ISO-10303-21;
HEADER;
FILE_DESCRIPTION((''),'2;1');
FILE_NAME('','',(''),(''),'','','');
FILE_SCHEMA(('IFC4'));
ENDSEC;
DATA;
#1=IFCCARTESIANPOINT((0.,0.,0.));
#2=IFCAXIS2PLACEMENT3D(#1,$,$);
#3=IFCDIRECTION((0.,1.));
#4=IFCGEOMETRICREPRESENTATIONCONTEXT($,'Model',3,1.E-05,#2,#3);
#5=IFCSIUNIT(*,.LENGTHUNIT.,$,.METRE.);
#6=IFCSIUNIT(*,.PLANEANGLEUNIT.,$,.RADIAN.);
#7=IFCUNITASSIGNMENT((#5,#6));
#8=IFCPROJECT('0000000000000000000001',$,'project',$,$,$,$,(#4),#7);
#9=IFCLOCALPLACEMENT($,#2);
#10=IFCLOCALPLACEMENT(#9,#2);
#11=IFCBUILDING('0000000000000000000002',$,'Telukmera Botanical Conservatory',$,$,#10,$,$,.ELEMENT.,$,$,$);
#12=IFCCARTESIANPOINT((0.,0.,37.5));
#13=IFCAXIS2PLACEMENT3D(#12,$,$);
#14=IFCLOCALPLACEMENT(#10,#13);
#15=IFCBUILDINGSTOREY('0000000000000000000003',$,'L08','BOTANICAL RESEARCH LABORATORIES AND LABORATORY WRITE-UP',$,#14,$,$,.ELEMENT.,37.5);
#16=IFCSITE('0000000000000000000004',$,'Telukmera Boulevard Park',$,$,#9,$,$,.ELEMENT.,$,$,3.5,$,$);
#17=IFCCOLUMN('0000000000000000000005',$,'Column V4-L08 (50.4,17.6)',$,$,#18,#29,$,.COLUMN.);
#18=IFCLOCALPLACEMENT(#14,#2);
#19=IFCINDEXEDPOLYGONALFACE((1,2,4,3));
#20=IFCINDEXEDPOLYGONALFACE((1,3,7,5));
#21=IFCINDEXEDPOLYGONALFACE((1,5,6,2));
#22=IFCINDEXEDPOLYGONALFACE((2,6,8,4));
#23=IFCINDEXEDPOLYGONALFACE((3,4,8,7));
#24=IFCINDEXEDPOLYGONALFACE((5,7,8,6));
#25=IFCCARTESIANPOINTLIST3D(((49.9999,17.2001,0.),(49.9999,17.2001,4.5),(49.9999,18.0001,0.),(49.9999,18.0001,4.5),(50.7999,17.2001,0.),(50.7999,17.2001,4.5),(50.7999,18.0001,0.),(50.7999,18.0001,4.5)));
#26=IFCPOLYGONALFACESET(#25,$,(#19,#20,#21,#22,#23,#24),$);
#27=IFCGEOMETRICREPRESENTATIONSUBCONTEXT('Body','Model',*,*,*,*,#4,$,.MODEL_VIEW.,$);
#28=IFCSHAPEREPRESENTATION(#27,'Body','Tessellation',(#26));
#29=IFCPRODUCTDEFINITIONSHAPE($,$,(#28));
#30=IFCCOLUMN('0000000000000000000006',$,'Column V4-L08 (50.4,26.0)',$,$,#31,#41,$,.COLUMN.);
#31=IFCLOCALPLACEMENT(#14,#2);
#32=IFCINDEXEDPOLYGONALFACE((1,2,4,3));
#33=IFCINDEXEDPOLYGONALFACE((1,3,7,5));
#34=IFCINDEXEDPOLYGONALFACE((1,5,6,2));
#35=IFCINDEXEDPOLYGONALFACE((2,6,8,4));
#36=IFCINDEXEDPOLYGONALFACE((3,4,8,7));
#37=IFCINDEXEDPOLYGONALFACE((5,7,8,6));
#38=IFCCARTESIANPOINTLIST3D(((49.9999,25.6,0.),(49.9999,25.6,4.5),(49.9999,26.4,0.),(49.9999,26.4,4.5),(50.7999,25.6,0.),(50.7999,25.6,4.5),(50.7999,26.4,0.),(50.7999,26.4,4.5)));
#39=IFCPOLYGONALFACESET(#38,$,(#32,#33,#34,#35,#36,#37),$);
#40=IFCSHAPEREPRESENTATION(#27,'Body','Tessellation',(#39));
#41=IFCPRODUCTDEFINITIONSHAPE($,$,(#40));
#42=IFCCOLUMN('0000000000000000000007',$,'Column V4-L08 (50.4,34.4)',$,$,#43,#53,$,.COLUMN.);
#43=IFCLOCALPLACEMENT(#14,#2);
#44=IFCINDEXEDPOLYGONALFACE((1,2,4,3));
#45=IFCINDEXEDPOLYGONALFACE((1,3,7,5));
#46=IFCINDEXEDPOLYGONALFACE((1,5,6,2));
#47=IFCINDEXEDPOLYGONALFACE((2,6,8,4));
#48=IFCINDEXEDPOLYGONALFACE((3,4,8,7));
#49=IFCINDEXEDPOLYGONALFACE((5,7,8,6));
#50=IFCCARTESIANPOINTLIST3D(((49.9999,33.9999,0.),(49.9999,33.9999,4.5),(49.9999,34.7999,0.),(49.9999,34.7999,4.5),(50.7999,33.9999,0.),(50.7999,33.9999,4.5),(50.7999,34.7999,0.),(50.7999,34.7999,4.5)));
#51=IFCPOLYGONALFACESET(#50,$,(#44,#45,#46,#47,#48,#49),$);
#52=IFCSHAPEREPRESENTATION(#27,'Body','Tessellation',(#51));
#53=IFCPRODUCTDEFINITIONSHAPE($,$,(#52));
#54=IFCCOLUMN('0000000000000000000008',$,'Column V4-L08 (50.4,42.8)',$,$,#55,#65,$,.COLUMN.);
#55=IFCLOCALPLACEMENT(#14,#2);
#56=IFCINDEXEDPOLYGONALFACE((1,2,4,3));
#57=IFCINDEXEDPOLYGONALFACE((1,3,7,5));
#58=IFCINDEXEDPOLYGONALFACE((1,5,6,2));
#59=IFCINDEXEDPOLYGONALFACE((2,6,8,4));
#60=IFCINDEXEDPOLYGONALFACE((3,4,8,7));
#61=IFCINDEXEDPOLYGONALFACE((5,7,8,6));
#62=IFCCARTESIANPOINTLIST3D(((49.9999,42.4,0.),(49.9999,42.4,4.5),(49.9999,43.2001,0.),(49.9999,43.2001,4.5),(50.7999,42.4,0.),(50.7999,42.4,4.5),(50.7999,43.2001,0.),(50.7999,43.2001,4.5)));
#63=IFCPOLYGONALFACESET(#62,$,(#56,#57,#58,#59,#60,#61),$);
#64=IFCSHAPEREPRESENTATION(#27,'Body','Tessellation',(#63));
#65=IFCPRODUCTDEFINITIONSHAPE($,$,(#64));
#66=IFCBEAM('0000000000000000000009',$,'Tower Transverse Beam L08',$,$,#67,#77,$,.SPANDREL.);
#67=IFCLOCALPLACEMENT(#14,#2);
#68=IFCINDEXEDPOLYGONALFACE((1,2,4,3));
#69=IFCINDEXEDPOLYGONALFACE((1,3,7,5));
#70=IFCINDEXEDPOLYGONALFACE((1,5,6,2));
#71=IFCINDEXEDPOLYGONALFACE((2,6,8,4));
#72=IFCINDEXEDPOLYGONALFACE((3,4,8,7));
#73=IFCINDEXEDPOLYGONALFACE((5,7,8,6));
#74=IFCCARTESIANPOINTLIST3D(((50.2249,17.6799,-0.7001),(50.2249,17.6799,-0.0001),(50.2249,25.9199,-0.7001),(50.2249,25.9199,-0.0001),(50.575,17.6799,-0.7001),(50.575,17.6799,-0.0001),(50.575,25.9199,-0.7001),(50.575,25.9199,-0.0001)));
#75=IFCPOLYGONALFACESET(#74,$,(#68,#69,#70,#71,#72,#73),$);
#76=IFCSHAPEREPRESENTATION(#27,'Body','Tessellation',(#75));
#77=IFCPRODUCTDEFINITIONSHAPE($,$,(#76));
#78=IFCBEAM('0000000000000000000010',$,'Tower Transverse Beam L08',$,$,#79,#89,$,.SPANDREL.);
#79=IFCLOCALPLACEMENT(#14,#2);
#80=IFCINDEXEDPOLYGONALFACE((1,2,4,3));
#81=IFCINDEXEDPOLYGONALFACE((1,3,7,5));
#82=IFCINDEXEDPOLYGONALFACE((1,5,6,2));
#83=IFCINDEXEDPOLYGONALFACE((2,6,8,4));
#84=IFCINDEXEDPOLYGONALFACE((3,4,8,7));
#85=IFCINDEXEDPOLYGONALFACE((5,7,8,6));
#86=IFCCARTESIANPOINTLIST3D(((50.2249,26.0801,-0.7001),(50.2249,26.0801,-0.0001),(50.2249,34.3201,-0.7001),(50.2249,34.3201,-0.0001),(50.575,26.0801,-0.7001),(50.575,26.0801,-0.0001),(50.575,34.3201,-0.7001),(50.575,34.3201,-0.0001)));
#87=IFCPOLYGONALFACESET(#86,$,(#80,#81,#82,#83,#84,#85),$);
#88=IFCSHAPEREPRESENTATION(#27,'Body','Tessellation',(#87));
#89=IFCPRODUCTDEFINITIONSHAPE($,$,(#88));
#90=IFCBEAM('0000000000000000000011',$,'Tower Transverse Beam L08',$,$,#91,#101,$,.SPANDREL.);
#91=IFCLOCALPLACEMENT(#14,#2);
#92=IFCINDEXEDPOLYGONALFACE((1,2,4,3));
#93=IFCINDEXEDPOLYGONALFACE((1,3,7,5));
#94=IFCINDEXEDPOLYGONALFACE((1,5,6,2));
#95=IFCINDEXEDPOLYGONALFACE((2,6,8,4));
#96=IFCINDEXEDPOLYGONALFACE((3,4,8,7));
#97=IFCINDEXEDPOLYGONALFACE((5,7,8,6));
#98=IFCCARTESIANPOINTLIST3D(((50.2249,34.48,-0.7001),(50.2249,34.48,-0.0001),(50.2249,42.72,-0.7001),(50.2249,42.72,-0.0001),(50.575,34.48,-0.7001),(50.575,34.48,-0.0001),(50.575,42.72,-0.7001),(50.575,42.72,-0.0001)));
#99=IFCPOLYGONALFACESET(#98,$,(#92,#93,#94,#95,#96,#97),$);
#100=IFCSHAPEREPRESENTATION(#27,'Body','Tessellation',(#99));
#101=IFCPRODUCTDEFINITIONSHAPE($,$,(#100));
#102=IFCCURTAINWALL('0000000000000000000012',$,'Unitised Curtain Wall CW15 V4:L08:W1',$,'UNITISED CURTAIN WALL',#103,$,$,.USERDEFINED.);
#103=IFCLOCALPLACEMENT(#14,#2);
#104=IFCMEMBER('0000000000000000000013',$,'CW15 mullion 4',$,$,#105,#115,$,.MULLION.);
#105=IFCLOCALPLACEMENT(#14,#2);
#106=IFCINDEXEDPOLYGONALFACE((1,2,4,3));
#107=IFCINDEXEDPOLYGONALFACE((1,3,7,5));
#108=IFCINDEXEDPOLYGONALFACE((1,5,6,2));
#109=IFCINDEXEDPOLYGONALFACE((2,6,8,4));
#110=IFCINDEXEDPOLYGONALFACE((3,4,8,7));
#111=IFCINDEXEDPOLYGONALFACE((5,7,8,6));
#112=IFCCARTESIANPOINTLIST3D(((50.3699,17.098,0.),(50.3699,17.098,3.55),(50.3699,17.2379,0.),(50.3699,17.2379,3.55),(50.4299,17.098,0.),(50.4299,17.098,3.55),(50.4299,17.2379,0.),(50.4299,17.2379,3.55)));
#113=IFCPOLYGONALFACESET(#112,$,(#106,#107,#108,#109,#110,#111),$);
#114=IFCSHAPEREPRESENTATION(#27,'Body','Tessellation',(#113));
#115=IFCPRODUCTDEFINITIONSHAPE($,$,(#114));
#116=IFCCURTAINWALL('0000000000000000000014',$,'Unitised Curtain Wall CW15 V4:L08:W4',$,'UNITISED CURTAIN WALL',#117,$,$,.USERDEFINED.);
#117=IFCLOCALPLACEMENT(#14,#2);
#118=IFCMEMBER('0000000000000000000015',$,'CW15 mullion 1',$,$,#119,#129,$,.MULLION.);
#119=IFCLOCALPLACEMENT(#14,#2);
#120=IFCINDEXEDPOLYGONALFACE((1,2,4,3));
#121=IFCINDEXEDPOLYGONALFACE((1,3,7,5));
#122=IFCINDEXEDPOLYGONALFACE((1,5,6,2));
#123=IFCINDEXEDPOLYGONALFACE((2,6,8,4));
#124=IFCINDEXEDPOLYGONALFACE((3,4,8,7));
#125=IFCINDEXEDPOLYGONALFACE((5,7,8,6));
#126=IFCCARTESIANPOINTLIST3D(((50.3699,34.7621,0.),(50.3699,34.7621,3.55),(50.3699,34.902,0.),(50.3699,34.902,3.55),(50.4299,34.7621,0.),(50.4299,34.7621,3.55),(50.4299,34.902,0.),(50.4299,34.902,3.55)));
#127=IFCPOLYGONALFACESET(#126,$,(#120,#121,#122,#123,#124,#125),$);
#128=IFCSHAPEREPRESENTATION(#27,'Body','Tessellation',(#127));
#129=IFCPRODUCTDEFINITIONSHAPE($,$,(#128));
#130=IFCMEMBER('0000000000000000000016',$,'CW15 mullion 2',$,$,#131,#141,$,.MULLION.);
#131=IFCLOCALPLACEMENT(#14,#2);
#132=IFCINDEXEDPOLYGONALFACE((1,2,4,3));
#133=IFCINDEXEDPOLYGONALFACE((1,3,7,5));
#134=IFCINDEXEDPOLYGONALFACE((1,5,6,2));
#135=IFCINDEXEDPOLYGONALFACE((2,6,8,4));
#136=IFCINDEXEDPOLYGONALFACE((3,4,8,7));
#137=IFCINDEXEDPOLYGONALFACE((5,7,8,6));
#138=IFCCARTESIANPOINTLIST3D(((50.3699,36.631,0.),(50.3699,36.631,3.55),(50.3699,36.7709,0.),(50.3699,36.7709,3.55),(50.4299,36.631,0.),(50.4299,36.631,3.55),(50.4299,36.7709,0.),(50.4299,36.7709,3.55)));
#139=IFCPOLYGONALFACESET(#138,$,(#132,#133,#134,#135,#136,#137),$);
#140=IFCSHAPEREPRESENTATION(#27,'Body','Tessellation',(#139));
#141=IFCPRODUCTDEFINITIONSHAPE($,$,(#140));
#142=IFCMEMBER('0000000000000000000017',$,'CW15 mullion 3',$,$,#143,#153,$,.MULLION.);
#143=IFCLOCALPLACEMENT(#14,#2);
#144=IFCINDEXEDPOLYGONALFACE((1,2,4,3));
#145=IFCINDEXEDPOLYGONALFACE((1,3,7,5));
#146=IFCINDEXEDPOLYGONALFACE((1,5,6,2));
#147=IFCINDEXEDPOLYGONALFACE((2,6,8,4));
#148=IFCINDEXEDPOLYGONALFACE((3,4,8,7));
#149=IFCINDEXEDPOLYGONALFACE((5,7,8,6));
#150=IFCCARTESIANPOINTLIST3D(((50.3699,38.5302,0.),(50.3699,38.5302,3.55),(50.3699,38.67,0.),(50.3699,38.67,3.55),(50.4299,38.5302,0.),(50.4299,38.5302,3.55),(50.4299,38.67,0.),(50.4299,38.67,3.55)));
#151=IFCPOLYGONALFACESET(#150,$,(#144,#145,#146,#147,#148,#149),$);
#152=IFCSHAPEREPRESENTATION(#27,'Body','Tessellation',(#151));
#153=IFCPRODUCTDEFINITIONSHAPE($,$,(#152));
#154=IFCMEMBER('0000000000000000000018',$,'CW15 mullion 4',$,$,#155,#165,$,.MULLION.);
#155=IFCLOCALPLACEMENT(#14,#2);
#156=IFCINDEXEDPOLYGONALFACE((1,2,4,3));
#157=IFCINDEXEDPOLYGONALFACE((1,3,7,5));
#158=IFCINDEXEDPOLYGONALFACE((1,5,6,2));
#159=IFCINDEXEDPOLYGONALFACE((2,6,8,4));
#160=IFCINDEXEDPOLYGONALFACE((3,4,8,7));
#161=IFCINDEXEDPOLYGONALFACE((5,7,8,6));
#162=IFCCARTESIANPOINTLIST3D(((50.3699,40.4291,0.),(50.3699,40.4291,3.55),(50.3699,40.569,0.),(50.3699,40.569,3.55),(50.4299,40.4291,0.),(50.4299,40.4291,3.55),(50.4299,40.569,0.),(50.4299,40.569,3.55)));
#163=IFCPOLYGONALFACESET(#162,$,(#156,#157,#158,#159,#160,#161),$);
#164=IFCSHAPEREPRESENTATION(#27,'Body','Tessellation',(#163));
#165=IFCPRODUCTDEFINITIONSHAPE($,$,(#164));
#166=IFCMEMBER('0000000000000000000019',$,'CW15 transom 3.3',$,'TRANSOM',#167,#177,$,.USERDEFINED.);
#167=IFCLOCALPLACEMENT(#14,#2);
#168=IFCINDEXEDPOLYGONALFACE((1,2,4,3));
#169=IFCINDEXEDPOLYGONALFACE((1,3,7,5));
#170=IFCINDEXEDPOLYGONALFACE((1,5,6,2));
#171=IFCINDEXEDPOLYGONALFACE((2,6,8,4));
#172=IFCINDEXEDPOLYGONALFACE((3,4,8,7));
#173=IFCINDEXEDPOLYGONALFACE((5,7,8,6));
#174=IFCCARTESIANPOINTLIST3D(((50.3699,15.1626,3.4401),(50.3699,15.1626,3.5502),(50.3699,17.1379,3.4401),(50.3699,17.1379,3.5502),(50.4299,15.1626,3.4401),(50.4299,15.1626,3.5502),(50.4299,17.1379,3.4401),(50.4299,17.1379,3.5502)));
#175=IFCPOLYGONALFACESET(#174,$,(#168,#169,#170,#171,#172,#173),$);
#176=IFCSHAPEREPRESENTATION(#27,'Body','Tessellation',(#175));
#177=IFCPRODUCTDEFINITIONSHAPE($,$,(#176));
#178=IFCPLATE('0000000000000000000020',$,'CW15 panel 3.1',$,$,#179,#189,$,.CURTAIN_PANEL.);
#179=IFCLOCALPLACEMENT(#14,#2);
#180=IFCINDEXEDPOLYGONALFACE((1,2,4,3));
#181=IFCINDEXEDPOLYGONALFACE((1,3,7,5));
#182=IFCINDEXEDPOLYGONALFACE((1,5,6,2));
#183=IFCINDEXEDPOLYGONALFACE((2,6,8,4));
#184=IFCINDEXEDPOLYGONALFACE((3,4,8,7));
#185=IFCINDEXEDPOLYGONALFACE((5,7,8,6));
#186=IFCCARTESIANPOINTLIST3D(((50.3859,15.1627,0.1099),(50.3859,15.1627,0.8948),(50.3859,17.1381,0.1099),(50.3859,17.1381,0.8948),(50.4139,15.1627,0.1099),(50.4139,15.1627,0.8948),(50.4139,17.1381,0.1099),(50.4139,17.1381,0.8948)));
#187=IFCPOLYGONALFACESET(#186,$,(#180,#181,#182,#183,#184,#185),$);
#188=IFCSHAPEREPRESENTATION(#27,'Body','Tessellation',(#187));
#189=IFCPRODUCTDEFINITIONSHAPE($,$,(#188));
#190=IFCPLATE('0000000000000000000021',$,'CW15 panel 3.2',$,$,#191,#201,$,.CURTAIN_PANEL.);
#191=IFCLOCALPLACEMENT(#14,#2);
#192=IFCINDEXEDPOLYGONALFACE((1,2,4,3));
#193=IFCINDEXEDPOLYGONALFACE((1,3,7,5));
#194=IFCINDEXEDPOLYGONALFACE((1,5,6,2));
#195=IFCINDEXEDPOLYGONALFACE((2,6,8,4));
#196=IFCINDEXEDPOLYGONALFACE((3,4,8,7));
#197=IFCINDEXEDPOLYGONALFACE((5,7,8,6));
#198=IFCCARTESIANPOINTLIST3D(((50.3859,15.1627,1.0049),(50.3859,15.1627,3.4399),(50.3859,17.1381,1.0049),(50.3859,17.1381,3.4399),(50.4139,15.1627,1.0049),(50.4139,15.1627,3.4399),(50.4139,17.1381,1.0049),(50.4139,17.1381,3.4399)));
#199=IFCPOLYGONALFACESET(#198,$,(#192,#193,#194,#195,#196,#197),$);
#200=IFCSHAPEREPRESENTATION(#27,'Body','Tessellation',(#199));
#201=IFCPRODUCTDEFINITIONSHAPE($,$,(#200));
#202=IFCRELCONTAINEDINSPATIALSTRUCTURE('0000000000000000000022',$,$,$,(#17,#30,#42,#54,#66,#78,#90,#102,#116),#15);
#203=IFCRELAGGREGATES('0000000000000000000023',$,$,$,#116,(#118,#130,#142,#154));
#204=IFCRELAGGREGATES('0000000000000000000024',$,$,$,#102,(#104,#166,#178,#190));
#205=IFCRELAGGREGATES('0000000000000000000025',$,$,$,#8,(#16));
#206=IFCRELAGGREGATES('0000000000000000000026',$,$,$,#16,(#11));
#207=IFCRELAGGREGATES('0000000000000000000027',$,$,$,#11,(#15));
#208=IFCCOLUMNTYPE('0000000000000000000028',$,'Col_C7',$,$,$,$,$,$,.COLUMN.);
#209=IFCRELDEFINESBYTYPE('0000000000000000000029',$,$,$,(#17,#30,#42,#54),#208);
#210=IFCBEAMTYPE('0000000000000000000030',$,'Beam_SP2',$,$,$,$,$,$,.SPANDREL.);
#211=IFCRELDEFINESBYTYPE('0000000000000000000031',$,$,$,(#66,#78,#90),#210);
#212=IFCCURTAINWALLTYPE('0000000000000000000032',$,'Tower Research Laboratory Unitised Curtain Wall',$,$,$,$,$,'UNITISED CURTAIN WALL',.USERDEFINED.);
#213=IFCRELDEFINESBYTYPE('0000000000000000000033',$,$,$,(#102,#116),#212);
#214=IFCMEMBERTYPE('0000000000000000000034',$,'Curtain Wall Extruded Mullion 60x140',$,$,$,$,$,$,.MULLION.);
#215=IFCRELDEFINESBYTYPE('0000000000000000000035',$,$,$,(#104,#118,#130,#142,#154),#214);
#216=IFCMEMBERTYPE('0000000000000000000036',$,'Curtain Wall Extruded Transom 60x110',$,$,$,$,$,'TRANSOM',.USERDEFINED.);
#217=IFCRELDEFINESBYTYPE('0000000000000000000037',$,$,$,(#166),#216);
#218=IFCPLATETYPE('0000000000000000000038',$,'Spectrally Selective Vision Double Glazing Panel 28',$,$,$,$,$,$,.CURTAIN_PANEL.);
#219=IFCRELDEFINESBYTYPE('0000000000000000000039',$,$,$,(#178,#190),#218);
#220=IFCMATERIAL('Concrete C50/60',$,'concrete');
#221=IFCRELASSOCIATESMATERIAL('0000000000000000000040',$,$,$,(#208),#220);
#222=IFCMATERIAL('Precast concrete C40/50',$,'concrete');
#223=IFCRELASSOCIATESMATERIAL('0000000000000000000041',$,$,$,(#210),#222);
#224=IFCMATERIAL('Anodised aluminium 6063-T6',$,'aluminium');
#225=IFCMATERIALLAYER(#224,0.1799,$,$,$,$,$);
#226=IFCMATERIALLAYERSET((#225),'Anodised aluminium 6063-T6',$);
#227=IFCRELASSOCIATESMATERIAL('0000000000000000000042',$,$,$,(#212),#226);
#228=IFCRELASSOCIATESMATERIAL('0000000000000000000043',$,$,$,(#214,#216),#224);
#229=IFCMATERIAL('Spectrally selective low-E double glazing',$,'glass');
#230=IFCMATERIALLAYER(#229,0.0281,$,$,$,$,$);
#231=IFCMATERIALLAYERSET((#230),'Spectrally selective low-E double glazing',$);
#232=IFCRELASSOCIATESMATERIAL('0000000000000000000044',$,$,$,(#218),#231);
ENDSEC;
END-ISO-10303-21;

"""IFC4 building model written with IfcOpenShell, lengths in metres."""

from ifc_helpers import new_model, si_unit, direction, frame, origin, origin_2d, place, context, subcontext, project, spatial, rectangle, extrude, material, layer, layer_set, material_profile, profile_set, type_object, element, aggregate, save


model = new_model("IFC4")

# Units and contexts
model_context = context("Model", 3, precision=1e-05, world=origin(), true_north=direction((0.0, 1.0)))
body_context = subcontext(model_context, "Body", "Model", "MODEL_VIEW")
ifc_project = project(units=[si_unit("LENGTHUNIT", "METRE"), si_unit("PLANEANGLEUNIT", "RADIAN")], contexts=[model_context])

# Site, building, storey
site_placement = place(None, origin())
site = spatial("IfcSite", under=ifc_project, at=site_placement, Name="Telukmera Boulevard Park", CompositionType="ELEMENT", RefElevation=3.5)
building_placement = place(site_placement, origin())
building = spatial("IfcBuilding", under=site, at=building_placement, Name="Telukmera Botanical Conservatory", CompositionType="ELEMENT")
storey_placement = place(building_placement, frame((0.0, 0.0, 37.5)))
storey = spatial("IfcBuildingStorey", under=building, at=storey_placement, Name="L08", Description="BOTANICAL RESEARCH LABORATORIES AND LABORATORY WRITE-UP", CompositionType="ELEMENT", Elevation=37.5)

# Columns
ifc_material_1 = material(Name="Concrete C50/60", Category="concrete")
ifc_material_profile_1 = material_profile(ifc_material_1, rectangle(XDim=0.8, YDim=0.8, at=origin_2d()), Name="RC 800x800")
ifc_profile_set_1 = profile_set([ifc_material_profile_1], Name="Concrete C50/60")
column_type = type_object("IfcColumnType", Name="Col_C7", PredefinedType="COLUMN", material=ifc_profile_set_1)
for number, where, z_axis, x_axis, name in (
    (1, (50.3999, 17.6001, 0.0), (0.0, 0.0, 1.0), (1.0, 0.0, 0.0), "Column V4-L08 (50.4,17.6)"),
    (2, (50.3999, 26.0, 0.0), (0.0, 0.0, 1.0), (1.0, 0.0, 0.0), "Column V4-L08 (50.4,26.0)"),
    (3, (50.3999, 34.3999, 0.0), (0.0, 0.0, 1.0), (1.0, 0.0, 0.0), "Column V4-L08 (50.4,34.4)"),
    (4, (50.3999, 42.8, 0.0), (0.0, 0.0, 1.0), (1.0, 0.0, 0.0), "Column V4-L08 (50.4,42.8)"),
):
    element("IfcColumn", number, at=place(storey_placement, frame(where, z_axis=z_axis, x_axis=x_axis)), inside=storey, type_object=column_type, Name=name, PredefinedType="COLUMN", context=body_context, shape_type="SweptSolid", body=[
        extrude(rectangle(XDim=0.8, YDim=0.8, at=origin_2d()), origin(), (0.0, 0.0, 1.0), 4.5),
    ])

# Beams
ifc_material_2 = material(Name="Precast concrete C40/50", Category="concrete")
ifc_material_profile_2 = material_profile(ifc_material_2, rectangle(XDim=0.3501, YDim=0.7, at=origin_2d()), Name="PC 350x700")
ifc_profile_set_2 = profile_set([ifc_material_profile_2], Name="Precast concrete C40/50")
beam_type = type_object("IfcBeamType", Name="Beam_SP2", PredefinedType="SPANDREL", material=ifc_profile_set_2)
for number, where, z_axis, x_axis, name in (
    (5, (50.3999, 17.6799, -0.3501), (0.0, 1.0, 0.0), (-1.0, 0.0, 0.0), "Tower Transverse Beam L08"),
    (6, (50.3999, 26.0801, -0.3501), (0.0, 1.0, 0.0), (-1.0, 0.0, 0.0), "Tower Transverse Beam L08"),
    (7, (50.3999, 34.48, -0.3501), (0.0, 1.0, 0.0), (-1.0, 0.0, 0.0), "Tower Transverse Beam L08"),
):
    element("IfcBeam", number, at=place(storey_placement, frame(where, z_axis=z_axis, x_axis=x_axis)), inside=storey, type_object=beam_type, Name=name, PredefinedType="SPANDREL", context=body_context, shape_type="SweptSolid", body=[
        extrude(rectangle(XDim=0.3501, YDim=0.7, at=origin_2d()), origin(), (0.0, 0.0, 1.0), 8.24),
    ])

# Curtain wall, member
ifc_material_3 = material(Name="Anodised aluminium 6063-T6", Category="aluminium")
ifc_layer_1 = layer(ifc_material_3, 0.1799)
ifc_layer_set_1 = layer_set([ifc_layer_1], Name="Anodised aluminium 6063-T6")
curtain_wall_type = type_object("IfcCurtainWallType", Name="Tower Research Laboratory Unitised Curtain Wall", ElementType="UNITISED CURTAIN WALL", PredefinedType="USERDEFINED", material=ifc_layer_set_1)
curtain_wall_1_placement = place(storey_placement, origin())
curtain_wall_1 = element("IfcCurtainWall", 8, at=curtain_wall_1_placement, inside=storey, type_object=curtain_wall_type, Name="Unitised Curtain Wall CW15 V4:L08:W1", ObjectType="UNITISED CURTAIN WALL", PredefinedType="USERDEFINED")
ifc_material_profile_3 = material_profile(ifc_material_3, rectangle(XDim=0.0601, YDim=0.1399, at=origin_2d()), Name="ALU MULL 60x140")
ifc_profile_set_3 = profile_set([ifc_material_profile_3], Name="Anodised aluminium 6063-T6")
member_type_1 = type_object("IfcMemberType", Name="Curtain Wall Extruded Mullion 60x140", PredefinedType="MULLION", material=ifc_profile_set_3)
member_1_placement = place(storey_placement, frame((50.3999, 17.168, 0.0), z_axis=(0.0, 0.0, 1.0), x_axis=(-1.0, 0.0, 0.0)))
member_1 = element("IfcMember", 9, at=member_1_placement, type_object=member_type_1, Name="CW15 mullion 4", PredefinedType="MULLION", context=body_context, shape_type="SweptSolid", body=[
    extrude(rectangle(XDim=0.0601, YDim=0.1399, at=origin_2d()), origin(), (0.0, 0.0, 1.0), 3.55),
])

# Curtain wall, members
curtain_wall_2_placement = place(storey_placement, origin())
curtain_wall_2 = element("IfcCurtainWall", 10, at=curtain_wall_2_placement, inside=storey, type_object=curtain_wall_type, Name="Unitised Curtain Wall CW15 V4:L08:W4", ObjectType="UNITISED CURTAIN WALL", PredefinedType="USERDEFINED")
member_2_placement = place(storey_placement, frame((50.3999, 34.832, 0.0), z_axis=(0.0, 0.0, 1.0), x_axis=(-1.0, 0.0, 0.0)))
member_2 = element("IfcMember", 11, at=member_2_placement, type_object=member_type_1, Name="CW15 mullion 1", PredefinedType="MULLION", context=body_context, shape_type="SweptSolid", body=[
    extrude(rectangle(XDim=0.0601, YDim=0.1399, at=origin_2d()), origin(), (0.0, 0.0, 1.0), 3.55),
])
member_3_placement = place(storey_placement, frame((50.3999, 36.7009, 0.0), z_axis=(0.0, 0.0, 1.0), x_axis=(-1.0, 0.0, 0.0)))
member_3 = element("IfcMember", 12, at=member_3_placement, type_object=member_type_1, Name="CW15 mullion 2", PredefinedType="MULLION", context=body_context, shape_type="SweptSolid", body=[
    extrude(rectangle(XDim=0.0601, YDim=0.1399, at=origin_2d()), origin(), (0.0, 0.0, 1.0), 3.55),
])
member_4_placement = place(storey_placement, frame((50.3999, 38.6001, 0.0), z_axis=(0.0, 0.0, 1.0), x_axis=(-1.0, 0.0, 0.0)))
member_4 = element("IfcMember", 13, at=member_4_placement, type_object=member_type_1, Name="CW15 mullion 3", PredefinedType="MULLION", context=body_context, shape_type="SweptSolid", body=[
    extrude(rectangle(XDim=0.0601, YDim=0.1399, at=origin_2d()), origin(), (0.0, 0.0, 1.0), 3.55),
])
member_5_placement = place(storey_placement, frame((50.3999, 40.499, 0.0), z_axis=(0.0, 0.0, 1.0), x_axis=(-1.0, 0.0, 0.0)))
member_5 = element("IfcMember", 14, at=member_5_placement, type_object=member_type_1, Name="CW15 mullion 4", PredefinedType="MULLION", context=body_context, shape_type="SweptSolid", body=[
    extrude(rectangle(XDim=0.0601, YDim=0.1399, at=origin_2d()), origin(), (0.0, 0.0, 1.0), 3.55),
])
aggregate(curtain_wall_2, [member_2, member_3, member_4, member_5])

# Member
ifc_material_profile_4 = material_profile(ifc_material_3, rectangle(XDim=0.0601, YDim=0.1101, at=origin_2d()), Name="ALU TRAN 60x110")
ifc_profile_set_4 = profile_set([ifc_material_profile_4], Name="Anodised aluminium 6063-T6")
member_type_2 = type_object("IfcMemberType", Name="Curtain Wall Extruded Transom 60x110", ElementType="TRANSOM", PredefinedType="USERDEFINED", material=ifc_profile_set_4)
member_6_placement = place(storey_placement, frame((50.3999, 15.1626, 3.4951), z_axis=(0.0, 1.0, 0.0), x_axis=(-1.0, 0.0, 0.0)))
member_6 = element("IfcMember", 15, at=member_6_placement, type_object=member_type_2, Name="CW15 transom 3.3", ObjectType="TRANSOM", PredefinedType="USERDEFINED", context=body_context, shape_type="SweptSolid", body=[
    extrude(rectangle(XDim=0.0601, YDim=0.1101, at=origin_2d()), origin(), (0.0, 0.0, 1.0), 1.9753),
])

# Plates
ifc_material_4 = material(Name="Spectrally selective low-E double glazing", Category="glass")
ifc_layer_2 = layer(ifc_material_4, 0.0281)
ifc_layer_set_2 = layer_set([ifc_layer_2], Name="Spectrally selective low-E double glazing")
plate_type = type_object("IfcPlateType", Name="Spectrally Selective Vision Double Glazing Panel 28", PredefinedType="CURTAIN_PANEL", material=ifc_layer_set_2)
plate_1_placement = place(storey_placement, frame((50.3999, 16.1504, 0.1099), z_axis=(0.0, 0.0, 1.0), x_axis=(0.0, 1.0, 0.0)))
plate_1 = element("IfcPlate", 16, at=plate_1_placement, type_object=plate_type, Name="CW15 panel 3.1", PredefinedType="CURTAIN_PANEL", context=body_context, shape_type="SweptSolid", body=[
    extrude(rectangle(XDim=1.9753, YDim=0.0281, at=origin_2d()), origin(), (0.0, 0.0, 1.0), 0.7849),
])
plate_2_placement = place(storey_placement, frame((50.3999, 16.1504, 1.0049), z_axis=(0.0, 0.0, 1.0), x_axis=(0.0, 1.0, 0.0)))
plate_2 = element("IfcPlate", 17, at=plate_2_placement, type_object=plate_type, Name="CW15 panel 3.2", PredefinedType="CURTAIN_PANEL", context=body_context, shape_type="SweptSolid", body=[
    extrude(rectangle(XDim=1.9753, YDim=0.0281, at=origin_2d()), origin(), (0.0, 0.0, 1.0), 2.4351),
])
aggregate(curtain_wall_1, [member_1, member_6, plate_1, plate_2])

save(model, "model.ifc")
